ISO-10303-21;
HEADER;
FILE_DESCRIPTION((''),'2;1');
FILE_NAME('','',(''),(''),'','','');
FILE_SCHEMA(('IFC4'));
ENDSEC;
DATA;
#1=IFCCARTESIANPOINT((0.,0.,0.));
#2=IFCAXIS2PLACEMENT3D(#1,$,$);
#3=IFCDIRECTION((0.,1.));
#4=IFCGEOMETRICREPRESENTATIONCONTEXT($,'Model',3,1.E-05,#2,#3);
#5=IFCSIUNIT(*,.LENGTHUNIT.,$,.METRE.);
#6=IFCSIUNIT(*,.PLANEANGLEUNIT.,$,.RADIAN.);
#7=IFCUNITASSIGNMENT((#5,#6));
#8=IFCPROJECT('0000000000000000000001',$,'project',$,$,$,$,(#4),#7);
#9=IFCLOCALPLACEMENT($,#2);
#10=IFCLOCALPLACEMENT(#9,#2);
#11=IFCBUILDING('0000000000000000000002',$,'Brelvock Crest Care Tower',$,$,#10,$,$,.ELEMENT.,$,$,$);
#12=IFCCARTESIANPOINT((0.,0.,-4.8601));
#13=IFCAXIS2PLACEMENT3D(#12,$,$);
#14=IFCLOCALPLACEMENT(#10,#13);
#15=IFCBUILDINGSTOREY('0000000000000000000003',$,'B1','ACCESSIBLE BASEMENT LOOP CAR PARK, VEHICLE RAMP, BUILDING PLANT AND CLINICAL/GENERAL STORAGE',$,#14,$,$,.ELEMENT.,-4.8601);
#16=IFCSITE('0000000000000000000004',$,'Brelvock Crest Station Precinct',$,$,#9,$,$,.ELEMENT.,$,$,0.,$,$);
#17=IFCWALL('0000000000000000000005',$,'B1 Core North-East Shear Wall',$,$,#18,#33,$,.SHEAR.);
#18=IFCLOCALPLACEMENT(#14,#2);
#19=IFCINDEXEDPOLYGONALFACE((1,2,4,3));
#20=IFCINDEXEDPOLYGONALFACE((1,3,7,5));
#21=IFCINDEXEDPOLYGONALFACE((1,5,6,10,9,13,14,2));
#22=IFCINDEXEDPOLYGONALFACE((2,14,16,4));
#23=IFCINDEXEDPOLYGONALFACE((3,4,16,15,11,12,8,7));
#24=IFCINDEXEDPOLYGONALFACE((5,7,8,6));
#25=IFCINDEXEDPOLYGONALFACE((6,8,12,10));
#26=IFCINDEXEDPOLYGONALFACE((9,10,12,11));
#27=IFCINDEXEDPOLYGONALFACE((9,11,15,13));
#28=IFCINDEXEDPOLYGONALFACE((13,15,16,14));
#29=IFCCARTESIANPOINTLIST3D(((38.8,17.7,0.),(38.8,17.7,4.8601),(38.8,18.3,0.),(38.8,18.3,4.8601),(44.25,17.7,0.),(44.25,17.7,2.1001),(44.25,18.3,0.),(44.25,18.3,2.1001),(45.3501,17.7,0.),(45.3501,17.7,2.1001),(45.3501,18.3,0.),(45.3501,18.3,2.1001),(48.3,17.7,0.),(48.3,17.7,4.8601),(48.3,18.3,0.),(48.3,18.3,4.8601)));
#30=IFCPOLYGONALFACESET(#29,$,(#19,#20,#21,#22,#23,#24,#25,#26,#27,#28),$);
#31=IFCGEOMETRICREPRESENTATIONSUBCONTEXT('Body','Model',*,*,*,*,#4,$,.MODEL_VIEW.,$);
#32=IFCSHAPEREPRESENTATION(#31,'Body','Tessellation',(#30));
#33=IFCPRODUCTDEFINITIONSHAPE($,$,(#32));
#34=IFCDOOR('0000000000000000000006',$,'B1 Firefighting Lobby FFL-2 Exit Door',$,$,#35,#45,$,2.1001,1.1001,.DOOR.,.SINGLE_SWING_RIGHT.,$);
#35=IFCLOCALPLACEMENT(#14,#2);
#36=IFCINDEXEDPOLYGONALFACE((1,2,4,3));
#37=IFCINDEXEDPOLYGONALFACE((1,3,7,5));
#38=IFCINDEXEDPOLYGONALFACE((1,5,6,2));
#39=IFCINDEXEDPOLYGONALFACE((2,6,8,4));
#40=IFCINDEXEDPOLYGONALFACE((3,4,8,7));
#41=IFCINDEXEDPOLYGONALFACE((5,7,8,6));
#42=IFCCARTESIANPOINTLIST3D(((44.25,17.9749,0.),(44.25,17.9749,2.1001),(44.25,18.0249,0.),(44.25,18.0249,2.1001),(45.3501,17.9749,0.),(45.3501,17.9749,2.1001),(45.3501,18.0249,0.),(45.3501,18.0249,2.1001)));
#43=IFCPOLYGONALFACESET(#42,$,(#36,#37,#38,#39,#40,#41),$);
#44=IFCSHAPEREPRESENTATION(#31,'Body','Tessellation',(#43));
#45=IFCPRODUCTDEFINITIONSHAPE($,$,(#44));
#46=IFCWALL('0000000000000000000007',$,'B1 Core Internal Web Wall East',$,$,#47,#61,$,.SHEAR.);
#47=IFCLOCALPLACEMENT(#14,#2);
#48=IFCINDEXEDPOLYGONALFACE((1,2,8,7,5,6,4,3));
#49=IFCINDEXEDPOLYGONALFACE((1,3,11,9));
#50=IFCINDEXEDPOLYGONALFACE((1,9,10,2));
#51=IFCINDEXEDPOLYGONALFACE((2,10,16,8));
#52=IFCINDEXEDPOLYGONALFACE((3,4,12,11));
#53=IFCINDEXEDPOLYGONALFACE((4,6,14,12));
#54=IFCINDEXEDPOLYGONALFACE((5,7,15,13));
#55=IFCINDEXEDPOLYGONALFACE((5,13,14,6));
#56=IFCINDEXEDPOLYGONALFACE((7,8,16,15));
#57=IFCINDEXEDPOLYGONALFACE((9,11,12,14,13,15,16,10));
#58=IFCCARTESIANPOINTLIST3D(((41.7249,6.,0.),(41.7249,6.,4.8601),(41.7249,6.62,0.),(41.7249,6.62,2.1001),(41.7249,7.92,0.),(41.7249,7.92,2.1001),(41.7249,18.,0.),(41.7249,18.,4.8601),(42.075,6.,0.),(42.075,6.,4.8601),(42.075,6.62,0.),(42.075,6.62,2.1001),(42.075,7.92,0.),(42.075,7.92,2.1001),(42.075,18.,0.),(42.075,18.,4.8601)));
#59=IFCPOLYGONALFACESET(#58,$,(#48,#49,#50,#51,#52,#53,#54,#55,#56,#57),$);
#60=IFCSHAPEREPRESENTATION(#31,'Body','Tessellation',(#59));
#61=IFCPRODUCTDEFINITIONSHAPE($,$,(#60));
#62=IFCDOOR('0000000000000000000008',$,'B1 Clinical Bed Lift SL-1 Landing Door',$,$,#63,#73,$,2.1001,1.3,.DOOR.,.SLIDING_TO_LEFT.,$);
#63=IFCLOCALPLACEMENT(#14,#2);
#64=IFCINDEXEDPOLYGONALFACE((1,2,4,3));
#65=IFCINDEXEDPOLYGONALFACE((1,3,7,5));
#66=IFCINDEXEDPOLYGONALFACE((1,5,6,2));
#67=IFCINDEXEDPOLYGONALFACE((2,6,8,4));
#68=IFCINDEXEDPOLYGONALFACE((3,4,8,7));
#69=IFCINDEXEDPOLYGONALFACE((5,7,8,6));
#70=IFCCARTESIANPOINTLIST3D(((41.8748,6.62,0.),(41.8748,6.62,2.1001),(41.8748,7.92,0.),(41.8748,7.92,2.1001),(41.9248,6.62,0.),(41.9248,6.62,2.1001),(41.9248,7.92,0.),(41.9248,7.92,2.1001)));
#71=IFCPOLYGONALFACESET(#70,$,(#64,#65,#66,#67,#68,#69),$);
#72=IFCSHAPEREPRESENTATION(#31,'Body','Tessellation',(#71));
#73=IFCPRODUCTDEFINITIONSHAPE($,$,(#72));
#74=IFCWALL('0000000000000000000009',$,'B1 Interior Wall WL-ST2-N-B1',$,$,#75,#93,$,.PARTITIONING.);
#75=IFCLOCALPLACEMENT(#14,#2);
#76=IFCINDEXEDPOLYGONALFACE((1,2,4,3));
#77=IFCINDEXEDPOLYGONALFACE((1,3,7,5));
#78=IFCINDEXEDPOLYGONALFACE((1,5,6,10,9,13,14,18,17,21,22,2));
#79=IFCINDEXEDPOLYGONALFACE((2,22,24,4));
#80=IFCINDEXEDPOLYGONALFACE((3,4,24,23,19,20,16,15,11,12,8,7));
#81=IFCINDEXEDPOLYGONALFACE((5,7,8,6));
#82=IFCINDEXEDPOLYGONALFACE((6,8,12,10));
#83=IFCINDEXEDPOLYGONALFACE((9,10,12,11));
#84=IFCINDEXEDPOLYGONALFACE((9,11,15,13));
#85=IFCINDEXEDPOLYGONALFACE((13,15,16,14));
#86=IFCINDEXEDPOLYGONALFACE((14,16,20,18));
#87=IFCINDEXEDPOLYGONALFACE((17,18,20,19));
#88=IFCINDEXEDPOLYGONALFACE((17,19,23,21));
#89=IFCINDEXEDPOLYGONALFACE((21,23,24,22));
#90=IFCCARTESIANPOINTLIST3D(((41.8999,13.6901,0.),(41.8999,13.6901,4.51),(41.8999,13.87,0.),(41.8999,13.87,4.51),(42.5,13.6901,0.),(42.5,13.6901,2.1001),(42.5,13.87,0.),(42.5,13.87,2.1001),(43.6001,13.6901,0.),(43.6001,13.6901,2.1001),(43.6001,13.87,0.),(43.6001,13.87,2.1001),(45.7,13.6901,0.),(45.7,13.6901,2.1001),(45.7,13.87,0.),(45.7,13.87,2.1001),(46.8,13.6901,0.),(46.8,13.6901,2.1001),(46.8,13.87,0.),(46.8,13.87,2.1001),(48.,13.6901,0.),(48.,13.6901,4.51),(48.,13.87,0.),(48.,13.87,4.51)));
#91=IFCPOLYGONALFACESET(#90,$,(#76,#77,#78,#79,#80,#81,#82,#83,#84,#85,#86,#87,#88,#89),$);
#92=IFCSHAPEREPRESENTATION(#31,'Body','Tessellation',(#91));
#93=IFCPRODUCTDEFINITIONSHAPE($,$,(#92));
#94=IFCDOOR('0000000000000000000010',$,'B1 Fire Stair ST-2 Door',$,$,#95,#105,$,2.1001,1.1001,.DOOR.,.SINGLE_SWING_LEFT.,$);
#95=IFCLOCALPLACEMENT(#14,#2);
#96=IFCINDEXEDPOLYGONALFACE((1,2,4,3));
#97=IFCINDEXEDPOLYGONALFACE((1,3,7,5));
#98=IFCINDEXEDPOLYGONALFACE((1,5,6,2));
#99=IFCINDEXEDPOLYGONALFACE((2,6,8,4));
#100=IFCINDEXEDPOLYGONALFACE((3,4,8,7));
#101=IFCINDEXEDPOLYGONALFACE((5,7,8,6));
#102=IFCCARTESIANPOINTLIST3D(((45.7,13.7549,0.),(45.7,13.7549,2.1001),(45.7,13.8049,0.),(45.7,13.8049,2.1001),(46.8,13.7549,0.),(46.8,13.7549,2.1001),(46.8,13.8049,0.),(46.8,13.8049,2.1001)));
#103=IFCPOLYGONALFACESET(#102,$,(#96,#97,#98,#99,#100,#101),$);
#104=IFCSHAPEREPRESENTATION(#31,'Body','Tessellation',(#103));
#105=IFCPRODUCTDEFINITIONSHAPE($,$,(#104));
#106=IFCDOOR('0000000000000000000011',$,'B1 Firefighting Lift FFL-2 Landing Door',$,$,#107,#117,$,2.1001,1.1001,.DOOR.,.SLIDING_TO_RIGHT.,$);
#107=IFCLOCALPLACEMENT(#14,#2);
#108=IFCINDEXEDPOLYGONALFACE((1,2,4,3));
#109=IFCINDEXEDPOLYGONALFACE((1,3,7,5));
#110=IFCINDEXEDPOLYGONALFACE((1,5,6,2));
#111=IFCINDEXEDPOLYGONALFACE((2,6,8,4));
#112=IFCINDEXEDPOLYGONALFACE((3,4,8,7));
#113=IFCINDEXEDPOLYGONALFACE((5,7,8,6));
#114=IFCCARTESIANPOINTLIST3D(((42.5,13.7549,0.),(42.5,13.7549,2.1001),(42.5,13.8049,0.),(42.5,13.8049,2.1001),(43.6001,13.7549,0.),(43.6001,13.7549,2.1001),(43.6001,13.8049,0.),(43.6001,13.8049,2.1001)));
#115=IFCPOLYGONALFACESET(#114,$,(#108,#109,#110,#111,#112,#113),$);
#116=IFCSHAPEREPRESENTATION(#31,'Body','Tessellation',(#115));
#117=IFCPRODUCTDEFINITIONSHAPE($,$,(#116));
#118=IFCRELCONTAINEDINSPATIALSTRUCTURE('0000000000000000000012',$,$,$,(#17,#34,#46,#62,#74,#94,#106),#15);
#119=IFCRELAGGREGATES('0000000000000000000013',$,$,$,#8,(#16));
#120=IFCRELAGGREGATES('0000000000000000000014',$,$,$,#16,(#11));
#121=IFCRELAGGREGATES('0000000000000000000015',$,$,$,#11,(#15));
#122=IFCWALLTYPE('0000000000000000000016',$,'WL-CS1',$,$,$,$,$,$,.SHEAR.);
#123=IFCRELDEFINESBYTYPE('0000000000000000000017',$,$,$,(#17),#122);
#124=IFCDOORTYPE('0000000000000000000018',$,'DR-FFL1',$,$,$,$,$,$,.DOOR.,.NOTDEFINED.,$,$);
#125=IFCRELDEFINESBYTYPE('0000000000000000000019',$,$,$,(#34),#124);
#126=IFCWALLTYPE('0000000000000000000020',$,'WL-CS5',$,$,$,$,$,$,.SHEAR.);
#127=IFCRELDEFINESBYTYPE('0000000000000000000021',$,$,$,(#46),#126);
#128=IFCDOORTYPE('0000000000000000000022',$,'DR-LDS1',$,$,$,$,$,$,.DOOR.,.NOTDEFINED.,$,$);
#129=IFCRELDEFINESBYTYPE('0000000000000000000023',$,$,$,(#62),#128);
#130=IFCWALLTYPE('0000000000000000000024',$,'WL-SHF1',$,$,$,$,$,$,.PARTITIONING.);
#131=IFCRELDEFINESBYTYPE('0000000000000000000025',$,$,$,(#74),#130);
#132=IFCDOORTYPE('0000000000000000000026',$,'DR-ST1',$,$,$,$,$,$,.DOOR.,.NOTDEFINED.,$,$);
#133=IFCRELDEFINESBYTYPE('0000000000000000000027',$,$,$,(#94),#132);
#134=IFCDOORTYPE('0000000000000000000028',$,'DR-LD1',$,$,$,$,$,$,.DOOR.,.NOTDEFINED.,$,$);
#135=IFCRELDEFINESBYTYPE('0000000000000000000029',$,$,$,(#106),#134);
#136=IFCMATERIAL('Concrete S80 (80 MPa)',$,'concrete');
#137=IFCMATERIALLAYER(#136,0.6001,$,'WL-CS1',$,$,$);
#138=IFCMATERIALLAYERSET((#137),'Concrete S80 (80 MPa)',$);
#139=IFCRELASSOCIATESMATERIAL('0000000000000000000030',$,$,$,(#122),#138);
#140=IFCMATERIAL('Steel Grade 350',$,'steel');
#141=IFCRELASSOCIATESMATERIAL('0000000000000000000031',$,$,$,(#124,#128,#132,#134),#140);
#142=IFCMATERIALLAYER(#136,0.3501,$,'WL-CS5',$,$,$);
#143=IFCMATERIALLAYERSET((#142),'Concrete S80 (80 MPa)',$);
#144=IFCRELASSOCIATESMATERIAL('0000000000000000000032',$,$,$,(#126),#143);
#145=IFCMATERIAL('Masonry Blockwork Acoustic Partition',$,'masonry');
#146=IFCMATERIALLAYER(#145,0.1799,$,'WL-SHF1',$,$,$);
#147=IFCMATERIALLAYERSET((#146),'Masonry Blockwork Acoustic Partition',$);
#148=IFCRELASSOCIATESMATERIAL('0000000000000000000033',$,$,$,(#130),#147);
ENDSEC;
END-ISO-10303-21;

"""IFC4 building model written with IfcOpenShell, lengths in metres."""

from ifc_helpers import new_model, si_unit, direction, frame, frame_2d, origin, origin_2d, place, context, subcontext, project, spatial, rectangle, extrude, source, transform, mapped, material, layer, layer_set, type_object, element, fill, save


model = new_model("IFC4")

# Units and contexts
model_context = context("Model", 3, precision=1e-05, world=origin(), true_north=direction((0.0, 1.0)))
body_context = subcontext(model_context, "Body", "Model", "MODEL_VIEW")
ifc_project = project(units=[si_unit("LENGTHUNIT", "METRE"), si_unit("PLANEANGLEUNIT", "RADIAN")], contexts=[model_context])

# Site, building, storey
site_placement = place(None, origin())
site = spatial("IfcSite", under=ifc_project, at=site_placement, Name="Brelvock Crest Station Precinct", CompositionType="ELEMENT", RefElevation=0.0)
building_placement = place(site_placement, origin())
building = spatial("IfcBuilding", under=site, at=building_placement, Name="Brelvock Crest Care Tower", CompositionType="ELEMENT")
storey_placement = place(building_placement, frame((0.0, 0.0, -4.8601)))
storey = spatial("IfcBuildingStorey", under=building, at=storey_placement, Name="B1", Description="ACCESSIBLE BASEMENT LOOP CAR PARK, VEHICLE RAMP, BUILDING PLANT AND CLINICAL/GENERAL STORAGE", CompositionType="ELEMENT", Elevation=-4.8601)

# Shared definitions
ifc_material_1 = material(Name="Concrete S80 (80 MPa)", Category="concrete")

# Shared definitions
ifc_material_2 = material(Name="Steel Grade 350", Category="steel")

# Walls, openings, doors
ifc_layer_1 = layer(ifc_material_1, 0.6001, Name="WL-CS1")
ifc_layer_set_1 = layer_set([ifc_layer_1], Name="Concrete S80 (80 MPa)")
wall_type_1 = type_object("IfcWallType", Name="WL-CS1", PredefinedType="SHEAR", material=ifc_layer_set_1)
wall_1_placement = place(storey_placement, frame((38.8, 18.0, 0.0), z_axis=(0.0, 0.0, 1.0), x_axis=(1.0, 0.0, 0.0)))
wall_1 = element("IfcWall", 1, at=wall_1_placement, inside=storey, type_object=wall_type_1, Name="B1 Core North-East Shear Wall", PredefinedType="SHEAR", context=body_context, shape_type="SweptSolid", body=[
    extrude(rectangle(XDim=9.5, YDim=0.6001, at=frame_2d((4.75, 0.0))), origin(), (0.0, 0.0, 1.0), 4.8601),
])
opening_1_placement = place(wall_1_placement, frame((5.45, 0.0, 0.0)))
opening_1 = element("IfcOpeningElement", 2, at=opening_1_placement, cuts=wall_1, PredefinedType="OPENING", context=body_context, shape_type="SweptSolid", body=[
    extrude(rectangle(XDim=1.1001, YDim=2.1001, at=origin_2d()), frame((0.55, 0.3101, 1.05), z_axis=(0.0, -1.0, 0.0), x_axis=(1.0, 0.0, 0.0)), (0.0, 0.0, 1.0), 0.6201),
])
door_type_1 = type_object("IfcDoorType", Name="DR-FFL1", OperationType="NOTDEFINED", PredefinedType="DOOR", material=ifc_material_2)
shared_shape_1 = source(origin(), body_context, "Body", "SweptSolid", [
    extrude(rectangle(XDim=1.1001, YDim=2.1001, at=origin_2d()), frame((0.55, 0.0249, 1.05), z_axis=(0.0, -1.0, 0.0), x_axis=(1.0, 0.0, 0.0)), (0.0, 0.0, 1.0), 0.05),
])
door_1_placement = place(opening_1_placement, origin())
door_1 = element("IfcDoor", 3, at=door_1_placement, inside=storey, type_object=door_type_1, Name="B1 Firefighting Lobby FFL-2 Exit Door", OperationType="SINGLE_SWING_RIGHT", OverallHeight=2.1001, OverallWidth=1.1001, PredefinedType="DOOR", context=body_context, shape_type="MappedRepresentation", body=[
    mapped(shared_shape_1, transform((0.0, 0.0, 0.0), x_axis=(1.0, 0.0, 0.0), y_axis=(0.0, 1.0, 0.0), z_axis=(0.0, 0.0, 1.0), scale=1.0)),
])
fill(opening_1, door_1)
ifc_layer_2 = layer(ifc_material_1, 0.3501, Name="WL-CS5")
ifc_layer_set_2 = layer_set([ifc_layer_2], Name="Concrete S80 (80 MPa)")
wall_type_2 = type_object("IfcWallType", Name="WL-CS5", PredefinedType="SHEAR", material=ifc_layer_set_2)
wall_2_placement = place(storey_placement, frame((41.8999, 18.0, 0.0), z_axis=(0.0, 0.0, 1.0), x_axis=(0.0, -1.0, 0.0)))
wall_2 = element("IfcWall", 4, at=wall_2_placement, inside=storey, type_object=wall_type_2, Name="B1 Core Internal Web Wall East", PredefinedType="SHEAR", context=body_context, shape_type="SweptSolid", body=[
    extrude(rectangle(XDim=12.0, YDim=0.3501, at=frame_2d((6.0, 0.0))), origin(), (0.0, 0.0, 1.0), 4.8601),
])
opening_2_placement = place(wall_2_placement, frame((10.0801, 0.0, 0.0)))
opening_2 = element("IfcOpeningElement", 5, at=opening_2_placement, cuts=wall_2, PredefinedType="OPENING", context=body_context, shape_type="SweptSolid", body=[
    extrude(rectangle(XDim=1.3, YDim=2.1001, at=origin_2d()), frame((0.6499, 0.1851, 1.05), z_axis=(0.0, -1.0, 0.0), x_axis=(1.0, 0.0, 0.0)), (0.0, 0.0, 1.0), 0.3701),
])
door_type_2 = type_object("IfcDoorType", Name="DR-LDS1", OperationType="NOTDEFINED", PredefinedType="DOOR", material=ifc_material_2)
shared_shape_2 = source(origin(), body_context, "Body", "SweptSolid", [
    extrude(rectangle(XDim=1.3, YDim=2.1001, at=origin_2d()), frame((0.6499, 0.0249, 1.05), z_axis=(0.0, -1.0, 0.0), x_axis=(1.0, 0.0, 0.0)), (0.0, 0.0, 1.0), 0.05),
])
door_2_placement = place(opening_2_placement, origin())
door_2 = element("IfcDoor", 6, at=door_2_placement, inside=storey, type_object=door_type_2, Name="B1 Clinical Bed Lift SL-1 Landing Door", OperationType="SLIDING_TO_LEFT", OverallHeight=2.1001, OverallWidth=1.3, PredefinedType="DOOR", context=body_context, shape_type="MappedRepresentation", body=[
    mapped(shared_shape_2, transform((0.0, 0.0, 0.0), x_axis=(1.0, 0.0, 0.0), y_axis=(0.0, 1.0, 0.0), z_axis=(0.0, 0.0, 1.0), scale=1.0)),
])
fill(opening_2, door_2)

# Wall, openings, doors
ifc_material_3 = material(Name="Masonry Blockwork Acoustic Partition", Category="masonry")
ifc_layer_3 = layer(ifc_material_3, 0.1799, Name="WL-SHF1")
ifc_layer_set_3 = layer_set([ifc_layer_3], Name="Masonry Blockwork Acoustic Partition")
wall_type_3 = type_object("IfcWallType", Name="WL-SHF1", PredefinedType="PARTITIONING", material=ifc_layer_set_3)
wall_3_placement = place(storey_placement, frame((41.8999, 13.78, 0.0), z_axis=(0.0, 0.0, 1.0), x_axis=(1.0, 0.0, 0.0)))
wall_3 = element("IfcWall", 7, at=wall_3_placement, inside=storey, type_object=wall_type_3, Name="B1 Interior Wall WL-ST2-N-B1", PredefinedType="PARTITIONING", context=body_context, shape_type="SweptSolid", body=[
    extrude(rectangle(XDim=6.1001, YDim=0.1799, at=frame_2d((3.05, 0.0))), origin(), (0.0, 0.0, 1.0), 4.51),
])
opening_3_placement = place(wall_3_placement, frame((0.6001, 0.0, 0.0)))
opening_3 = element("IfcOpeningElement", 8, at=opening_3_placement, cuts=wall_3, PredefinedType="OPENING", context=body_context, shape_type="SweptSolid", body=[
    extrude(rectangle(XDim=1.1001, YDim=2.1001, at=origin_2d()), frame((0.55, 0.1001, 1.05), z_axis=(0.0, -1.0, 0.0), x_axis=(1.0, 0.0, 0.0)), (0.0, 0.0, 1.0), 0.2),
])
opening_4_placement = place(wall_3_placement, frame((3.8, 0.0, 0.0)))
opening_4 = element("IfcOpeningElement", 9, at=opening_4_placement, cuts=wall_3, PredefinedType="OPENING", context=body_context, shape_type="SweptSolid", body=[
    extrude(rectangle(XDim=1.1001, YDim=2.1001, at=origin_2d()), frame((0.55, 0.1001, 1.05), z_axis=(0.0, -1.0, 0.0), x_axis=(1.0, 0.0, 0.0)), (0.0, 0.0, 1.0), 0.2),
])
door_type_3 = type_object("IfcDoorType", Name="DR-ST1", OperationType="NOTDEFINED", PredefinedType="DOOR", material=ifc_material_2)
shared_shape_3 = source(origin(), body_context, "Body", "SweptSolid", [
    extrude(rectangle(XDim=1.1001, YDim=2.1001, at=origin_2d()), frame((0.55, 0.0249, 1.05), z_axis=(0.0, -1.0, 0.0), x_axis=(1.0, 0.0, 0.0)), (0.0, 0.0, 1.0), 0.05),
])
door_3_placement = place(opening_4_placement, origin())
door_3 = element("IfcDoor", 10, at=door_3_placement, inside=storey, type_object=door_type_3, Name="B1 Fire Stair ST-2 Door", OperationType="SINGLE_SWING_LEFT", OverallHeight=2.1001, OverallWidth=1.1001, PredefinedType="DOOR", context=body_context, shape_type="MappedRepresentation", body=[
    mapped(shared_shape_3, transform((0.0, 0.0, 0.0), x_axis=(1.0, 0.0, 0.0), y_axis=(0.0, 1.0, 0.0), z_axis=(0.0, 0.0, 1.0), scale=1.0)),
])
fill(opening_4, door_3)
door_type_4 = type_object("IfcDoorType", Name="DR-LD1", OperationType="NOTDEFINED", PredefinedType="DOOR", material=ifc_material_2)
shared_shape_4 = source(origin(), body_context, "Body", "SweptSolid", [
    extrude(rectangle(XDim=1.1001, YDim=2.1001, at=origin_2d()), frame((0.55, 0.0249, 1.05), z_axis=(0.0, -1.0, 0.0), x_axis=(1.0, 0.0, 0.0)), (0.0, 0.0, 1.0), 0.05),
])
door_4_placement = place(opening_3_placement, origin())
door_4 = element("IfcDoor", 11, at=door_4_placement, inside=storey, type_object=door_type_4, Name="B1 Firefighting Lift FFL-2 Landing Door", OperationType="SLIDING_TO_RIGHT", OverallHeight=2.1001, OverallWidth=1.1001, PredefinedType="DOOR", context=body_context, shape_type="MappedRepresentation", body=[
    mapped(shared_shape_4, transform((0.0, 0.0, 0.0), x_axis=(1.0, 0.0, 0.0), y_axis=(0.0, 1.0, 0.0), z_axis=(0.0, 0.0, 1.0), scale=1.0)),
])
fill(opening_3, door_4)

save(model, "model.ifc")
